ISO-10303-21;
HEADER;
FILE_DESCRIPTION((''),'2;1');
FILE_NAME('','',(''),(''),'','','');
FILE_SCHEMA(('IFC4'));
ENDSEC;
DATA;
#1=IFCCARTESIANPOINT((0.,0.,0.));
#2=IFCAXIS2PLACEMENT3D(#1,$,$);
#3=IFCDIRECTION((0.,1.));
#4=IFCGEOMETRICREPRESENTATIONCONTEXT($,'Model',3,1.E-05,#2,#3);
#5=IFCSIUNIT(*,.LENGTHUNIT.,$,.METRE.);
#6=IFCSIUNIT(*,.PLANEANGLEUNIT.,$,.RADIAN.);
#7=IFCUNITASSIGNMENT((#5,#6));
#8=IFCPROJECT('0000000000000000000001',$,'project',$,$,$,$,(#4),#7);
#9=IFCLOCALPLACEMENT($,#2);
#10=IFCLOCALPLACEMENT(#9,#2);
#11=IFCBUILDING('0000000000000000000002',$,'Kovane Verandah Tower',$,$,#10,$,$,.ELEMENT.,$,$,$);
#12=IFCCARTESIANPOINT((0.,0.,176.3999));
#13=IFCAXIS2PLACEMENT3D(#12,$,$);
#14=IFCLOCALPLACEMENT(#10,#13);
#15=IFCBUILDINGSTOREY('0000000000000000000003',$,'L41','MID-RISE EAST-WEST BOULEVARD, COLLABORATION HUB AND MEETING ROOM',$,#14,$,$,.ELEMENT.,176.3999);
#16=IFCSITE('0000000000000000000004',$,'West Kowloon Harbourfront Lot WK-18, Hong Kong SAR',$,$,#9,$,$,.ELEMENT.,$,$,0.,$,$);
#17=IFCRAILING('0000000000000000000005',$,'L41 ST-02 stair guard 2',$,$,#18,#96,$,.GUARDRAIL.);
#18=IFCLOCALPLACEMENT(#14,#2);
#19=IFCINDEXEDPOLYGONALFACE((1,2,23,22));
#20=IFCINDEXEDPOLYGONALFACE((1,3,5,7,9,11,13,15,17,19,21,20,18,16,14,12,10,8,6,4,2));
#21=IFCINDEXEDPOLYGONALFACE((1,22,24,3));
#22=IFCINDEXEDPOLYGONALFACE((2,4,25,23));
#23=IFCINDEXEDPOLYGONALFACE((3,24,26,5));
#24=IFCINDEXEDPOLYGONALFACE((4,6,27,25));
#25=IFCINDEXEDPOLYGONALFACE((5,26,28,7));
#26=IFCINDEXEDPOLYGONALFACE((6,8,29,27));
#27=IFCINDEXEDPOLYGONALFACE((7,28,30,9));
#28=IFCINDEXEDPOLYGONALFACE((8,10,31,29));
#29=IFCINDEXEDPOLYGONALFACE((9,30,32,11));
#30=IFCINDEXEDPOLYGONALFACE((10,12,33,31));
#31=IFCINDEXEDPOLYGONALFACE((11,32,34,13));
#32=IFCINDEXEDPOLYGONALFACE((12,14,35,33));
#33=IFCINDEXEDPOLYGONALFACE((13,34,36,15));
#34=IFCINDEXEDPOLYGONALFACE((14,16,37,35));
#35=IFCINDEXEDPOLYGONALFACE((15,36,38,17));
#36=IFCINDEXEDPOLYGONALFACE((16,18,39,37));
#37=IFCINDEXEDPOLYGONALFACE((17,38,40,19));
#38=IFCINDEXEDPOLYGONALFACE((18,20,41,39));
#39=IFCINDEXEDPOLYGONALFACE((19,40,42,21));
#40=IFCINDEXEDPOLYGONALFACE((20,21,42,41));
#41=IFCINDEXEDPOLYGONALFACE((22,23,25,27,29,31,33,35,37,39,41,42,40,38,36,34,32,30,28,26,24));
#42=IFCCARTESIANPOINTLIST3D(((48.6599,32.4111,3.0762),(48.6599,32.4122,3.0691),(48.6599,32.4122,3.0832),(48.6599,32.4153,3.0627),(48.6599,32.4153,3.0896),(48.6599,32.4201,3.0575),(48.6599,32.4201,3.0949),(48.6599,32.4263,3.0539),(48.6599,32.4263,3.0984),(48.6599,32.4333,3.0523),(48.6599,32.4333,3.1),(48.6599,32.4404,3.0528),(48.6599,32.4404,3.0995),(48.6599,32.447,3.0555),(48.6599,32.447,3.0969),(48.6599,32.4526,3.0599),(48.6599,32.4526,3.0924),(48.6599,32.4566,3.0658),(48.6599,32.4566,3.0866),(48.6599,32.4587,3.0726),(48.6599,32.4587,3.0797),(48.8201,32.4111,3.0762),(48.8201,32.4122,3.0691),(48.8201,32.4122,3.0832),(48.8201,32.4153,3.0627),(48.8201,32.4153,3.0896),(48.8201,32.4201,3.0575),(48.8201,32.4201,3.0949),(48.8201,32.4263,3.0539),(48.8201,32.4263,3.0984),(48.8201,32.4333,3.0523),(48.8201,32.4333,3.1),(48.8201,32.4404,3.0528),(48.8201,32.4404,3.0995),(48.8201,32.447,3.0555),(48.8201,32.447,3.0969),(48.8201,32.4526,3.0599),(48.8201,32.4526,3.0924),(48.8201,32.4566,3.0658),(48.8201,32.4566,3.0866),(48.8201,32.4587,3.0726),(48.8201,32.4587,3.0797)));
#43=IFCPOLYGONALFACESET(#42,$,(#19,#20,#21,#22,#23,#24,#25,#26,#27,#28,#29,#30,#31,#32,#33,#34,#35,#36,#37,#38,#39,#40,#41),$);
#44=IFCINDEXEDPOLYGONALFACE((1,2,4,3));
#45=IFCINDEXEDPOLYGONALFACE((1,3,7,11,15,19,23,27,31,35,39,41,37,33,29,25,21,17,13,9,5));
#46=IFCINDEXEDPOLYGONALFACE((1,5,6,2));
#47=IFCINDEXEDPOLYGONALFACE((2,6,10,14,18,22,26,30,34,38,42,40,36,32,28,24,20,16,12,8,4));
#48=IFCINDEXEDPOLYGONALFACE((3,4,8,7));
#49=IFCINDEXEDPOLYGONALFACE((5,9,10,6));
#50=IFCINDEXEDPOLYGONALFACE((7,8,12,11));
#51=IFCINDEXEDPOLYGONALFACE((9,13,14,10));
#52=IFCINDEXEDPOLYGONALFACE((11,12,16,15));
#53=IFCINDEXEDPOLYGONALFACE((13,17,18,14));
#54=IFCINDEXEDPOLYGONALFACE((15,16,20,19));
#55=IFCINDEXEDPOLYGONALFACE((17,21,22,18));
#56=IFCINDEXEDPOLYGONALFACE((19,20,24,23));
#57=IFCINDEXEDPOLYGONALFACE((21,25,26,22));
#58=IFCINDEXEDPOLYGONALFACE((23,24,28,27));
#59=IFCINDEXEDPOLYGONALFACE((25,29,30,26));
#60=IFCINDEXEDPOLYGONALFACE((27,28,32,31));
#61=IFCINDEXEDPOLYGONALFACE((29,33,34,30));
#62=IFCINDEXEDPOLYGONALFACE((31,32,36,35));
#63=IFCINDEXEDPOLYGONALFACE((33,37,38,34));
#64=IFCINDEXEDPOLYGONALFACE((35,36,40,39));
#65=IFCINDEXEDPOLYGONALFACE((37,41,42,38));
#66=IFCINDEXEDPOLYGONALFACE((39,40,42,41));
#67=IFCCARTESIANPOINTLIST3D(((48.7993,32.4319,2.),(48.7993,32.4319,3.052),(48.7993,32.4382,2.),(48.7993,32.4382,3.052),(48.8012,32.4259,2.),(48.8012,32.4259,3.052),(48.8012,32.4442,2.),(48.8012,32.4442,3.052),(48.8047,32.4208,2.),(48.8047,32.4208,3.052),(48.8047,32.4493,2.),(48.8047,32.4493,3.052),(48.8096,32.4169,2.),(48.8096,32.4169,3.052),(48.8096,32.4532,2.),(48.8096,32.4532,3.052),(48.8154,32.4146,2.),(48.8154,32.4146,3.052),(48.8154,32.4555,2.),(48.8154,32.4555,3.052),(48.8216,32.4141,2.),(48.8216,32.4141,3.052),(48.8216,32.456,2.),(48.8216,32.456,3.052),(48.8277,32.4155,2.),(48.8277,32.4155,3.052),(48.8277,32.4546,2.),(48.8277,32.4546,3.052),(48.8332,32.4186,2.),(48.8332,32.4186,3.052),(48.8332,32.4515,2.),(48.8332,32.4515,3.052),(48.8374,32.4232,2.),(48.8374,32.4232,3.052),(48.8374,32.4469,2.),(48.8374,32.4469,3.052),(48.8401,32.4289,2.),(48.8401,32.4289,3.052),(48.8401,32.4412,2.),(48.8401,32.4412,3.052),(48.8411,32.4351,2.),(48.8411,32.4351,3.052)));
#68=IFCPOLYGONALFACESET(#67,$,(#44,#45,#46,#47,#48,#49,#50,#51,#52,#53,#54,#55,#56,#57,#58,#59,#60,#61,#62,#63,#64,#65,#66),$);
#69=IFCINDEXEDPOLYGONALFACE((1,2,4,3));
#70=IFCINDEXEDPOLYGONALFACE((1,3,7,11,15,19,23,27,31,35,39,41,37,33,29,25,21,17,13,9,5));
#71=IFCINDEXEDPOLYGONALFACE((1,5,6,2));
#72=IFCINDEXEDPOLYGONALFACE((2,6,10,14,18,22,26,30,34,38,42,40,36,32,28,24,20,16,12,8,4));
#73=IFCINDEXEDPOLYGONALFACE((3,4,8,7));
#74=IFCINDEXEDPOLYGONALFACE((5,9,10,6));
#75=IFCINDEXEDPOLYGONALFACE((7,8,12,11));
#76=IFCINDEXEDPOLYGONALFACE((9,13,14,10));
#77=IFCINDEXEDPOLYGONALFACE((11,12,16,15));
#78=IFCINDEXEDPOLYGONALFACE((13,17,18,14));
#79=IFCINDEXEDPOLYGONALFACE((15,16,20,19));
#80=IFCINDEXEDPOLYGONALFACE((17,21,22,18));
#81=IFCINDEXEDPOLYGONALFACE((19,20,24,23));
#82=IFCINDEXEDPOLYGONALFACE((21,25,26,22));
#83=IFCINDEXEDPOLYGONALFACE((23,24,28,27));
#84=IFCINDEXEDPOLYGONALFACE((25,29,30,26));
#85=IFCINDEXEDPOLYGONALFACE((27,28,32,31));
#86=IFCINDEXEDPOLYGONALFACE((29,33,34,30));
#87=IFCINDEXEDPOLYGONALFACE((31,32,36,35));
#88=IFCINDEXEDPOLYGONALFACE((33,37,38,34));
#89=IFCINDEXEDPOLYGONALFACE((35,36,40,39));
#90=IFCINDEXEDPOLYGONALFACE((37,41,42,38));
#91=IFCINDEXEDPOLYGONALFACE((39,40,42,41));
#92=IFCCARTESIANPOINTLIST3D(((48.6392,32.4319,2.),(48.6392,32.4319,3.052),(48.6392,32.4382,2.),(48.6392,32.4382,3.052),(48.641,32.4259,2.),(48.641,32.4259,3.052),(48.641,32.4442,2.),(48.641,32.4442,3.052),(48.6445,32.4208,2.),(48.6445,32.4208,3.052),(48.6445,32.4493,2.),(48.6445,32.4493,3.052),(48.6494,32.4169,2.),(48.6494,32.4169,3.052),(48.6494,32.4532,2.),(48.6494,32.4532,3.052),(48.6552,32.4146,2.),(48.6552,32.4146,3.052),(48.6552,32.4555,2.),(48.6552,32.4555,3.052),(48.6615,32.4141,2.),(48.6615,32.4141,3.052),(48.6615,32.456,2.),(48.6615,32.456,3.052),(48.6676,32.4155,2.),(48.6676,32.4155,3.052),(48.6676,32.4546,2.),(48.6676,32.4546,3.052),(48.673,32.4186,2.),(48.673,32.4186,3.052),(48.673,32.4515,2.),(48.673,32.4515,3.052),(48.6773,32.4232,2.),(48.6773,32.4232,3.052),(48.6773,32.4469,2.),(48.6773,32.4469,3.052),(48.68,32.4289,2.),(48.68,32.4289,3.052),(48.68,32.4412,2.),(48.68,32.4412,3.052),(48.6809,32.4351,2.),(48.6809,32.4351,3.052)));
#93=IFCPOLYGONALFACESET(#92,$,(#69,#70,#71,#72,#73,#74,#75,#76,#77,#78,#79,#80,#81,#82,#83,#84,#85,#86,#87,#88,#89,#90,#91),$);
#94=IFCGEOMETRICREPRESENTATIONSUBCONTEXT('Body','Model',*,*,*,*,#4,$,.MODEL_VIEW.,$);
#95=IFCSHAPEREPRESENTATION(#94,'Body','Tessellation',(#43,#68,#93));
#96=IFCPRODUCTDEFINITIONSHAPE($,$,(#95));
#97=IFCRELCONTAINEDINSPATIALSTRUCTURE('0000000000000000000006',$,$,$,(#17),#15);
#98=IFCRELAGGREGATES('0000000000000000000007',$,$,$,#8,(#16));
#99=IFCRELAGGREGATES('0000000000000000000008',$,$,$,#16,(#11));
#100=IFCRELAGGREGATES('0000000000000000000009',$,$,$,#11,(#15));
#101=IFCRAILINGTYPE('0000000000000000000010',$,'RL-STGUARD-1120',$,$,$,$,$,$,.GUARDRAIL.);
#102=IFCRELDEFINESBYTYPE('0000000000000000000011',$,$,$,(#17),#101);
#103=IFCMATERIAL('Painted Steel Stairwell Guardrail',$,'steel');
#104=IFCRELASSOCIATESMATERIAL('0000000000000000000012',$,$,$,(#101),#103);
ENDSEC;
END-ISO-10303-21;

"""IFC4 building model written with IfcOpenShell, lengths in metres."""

from ifc_helpers import new_model, si_unit, direction, frame, origin, origin_2d, place, context, subcontext, project, spatial, circle, extrude, material, type_object, element, save


model = new_model("IFC4")

# Units and contexts
model_context = context("Model", 3, precision=1e-05, world=origin(), true_north=direction((0.0, 1.0)))
body_context = subcontext(model_context, "Body", "Model", "MODEL_VIEW")
ifc_project = project(units=[si_unit("LENGTHUNIT", "METRE"), si_unit("PLANEANGLEUNIT", "RADIAN")], contexts=[model_context])

# Site, building, storey
site_placement = place(None, origin())
site = spatial("IfcSite", under=ifc_project, at=site_placement, Name="West Kowloon Harbourfront Lot WK-18, Hong Kong SAR", CompositionType="ELEMENT", RefElevation=0.0)
building_placement = place(site_placement, origin())
building = spatial("IfcBuilding", under=site, at=building_placement, Name="Kovane Verandah Tower", CompositionType="ELEMENT")
storey_placement = place(building_placement, frame((0.0, 0.0, 176.3999)))
storey = spatial("IfcBuildingStorey", under=building, at=storey_placement, Name="L41", Description="MID-RISE EAST-WEST BOULEVARD, COLLABORATION HUB AND MEETING ROOM", CompositionType="ELEMENT", Elevation=176.3999)

# Railing
ifc_material_1 = material(Name="Painted Steel Stairwell Guardrail", Category="steel")
railing_type_1 = type_object("IfcRailingType", Name="RL-STGUARD-1120", PredefinedType="GUARDRAIL", material=ifc_material_1)
railing_1_placement = place(storey_placement, frame((48.8201, 32.4351, 2.0)))
element("IfcRailing", 1, at=railing_1_placement, inside=storey, type_object=railing_type_1, Name="L41 ST-02 stair guard 2", PredefinedType="GUARDRAIL", context=body_context, shape_type="SweptSolid", body=[
    extrude(circle(Radius=0.0239, at=origin_2d()), frame((0.0, 0.0, 1.0762), z_axis=(-1.0, 0.0, 0.0), x_axis=(0.0, -1.0, 0.0)), (0.0, 0.0, 1.0), 0.1602),
    extrude(circle(Radius=0.021, at=origin_2d()), origin(), (0.0, 0.0, 1.0), 1.052),
    extrude(circle(Radius=0.021, at=origin_2d()), frame((-0.1602, 0.0, 0.0)), (0.0, 0.0, 1.0), 1.052),
])

save(model, "model.ifc")
